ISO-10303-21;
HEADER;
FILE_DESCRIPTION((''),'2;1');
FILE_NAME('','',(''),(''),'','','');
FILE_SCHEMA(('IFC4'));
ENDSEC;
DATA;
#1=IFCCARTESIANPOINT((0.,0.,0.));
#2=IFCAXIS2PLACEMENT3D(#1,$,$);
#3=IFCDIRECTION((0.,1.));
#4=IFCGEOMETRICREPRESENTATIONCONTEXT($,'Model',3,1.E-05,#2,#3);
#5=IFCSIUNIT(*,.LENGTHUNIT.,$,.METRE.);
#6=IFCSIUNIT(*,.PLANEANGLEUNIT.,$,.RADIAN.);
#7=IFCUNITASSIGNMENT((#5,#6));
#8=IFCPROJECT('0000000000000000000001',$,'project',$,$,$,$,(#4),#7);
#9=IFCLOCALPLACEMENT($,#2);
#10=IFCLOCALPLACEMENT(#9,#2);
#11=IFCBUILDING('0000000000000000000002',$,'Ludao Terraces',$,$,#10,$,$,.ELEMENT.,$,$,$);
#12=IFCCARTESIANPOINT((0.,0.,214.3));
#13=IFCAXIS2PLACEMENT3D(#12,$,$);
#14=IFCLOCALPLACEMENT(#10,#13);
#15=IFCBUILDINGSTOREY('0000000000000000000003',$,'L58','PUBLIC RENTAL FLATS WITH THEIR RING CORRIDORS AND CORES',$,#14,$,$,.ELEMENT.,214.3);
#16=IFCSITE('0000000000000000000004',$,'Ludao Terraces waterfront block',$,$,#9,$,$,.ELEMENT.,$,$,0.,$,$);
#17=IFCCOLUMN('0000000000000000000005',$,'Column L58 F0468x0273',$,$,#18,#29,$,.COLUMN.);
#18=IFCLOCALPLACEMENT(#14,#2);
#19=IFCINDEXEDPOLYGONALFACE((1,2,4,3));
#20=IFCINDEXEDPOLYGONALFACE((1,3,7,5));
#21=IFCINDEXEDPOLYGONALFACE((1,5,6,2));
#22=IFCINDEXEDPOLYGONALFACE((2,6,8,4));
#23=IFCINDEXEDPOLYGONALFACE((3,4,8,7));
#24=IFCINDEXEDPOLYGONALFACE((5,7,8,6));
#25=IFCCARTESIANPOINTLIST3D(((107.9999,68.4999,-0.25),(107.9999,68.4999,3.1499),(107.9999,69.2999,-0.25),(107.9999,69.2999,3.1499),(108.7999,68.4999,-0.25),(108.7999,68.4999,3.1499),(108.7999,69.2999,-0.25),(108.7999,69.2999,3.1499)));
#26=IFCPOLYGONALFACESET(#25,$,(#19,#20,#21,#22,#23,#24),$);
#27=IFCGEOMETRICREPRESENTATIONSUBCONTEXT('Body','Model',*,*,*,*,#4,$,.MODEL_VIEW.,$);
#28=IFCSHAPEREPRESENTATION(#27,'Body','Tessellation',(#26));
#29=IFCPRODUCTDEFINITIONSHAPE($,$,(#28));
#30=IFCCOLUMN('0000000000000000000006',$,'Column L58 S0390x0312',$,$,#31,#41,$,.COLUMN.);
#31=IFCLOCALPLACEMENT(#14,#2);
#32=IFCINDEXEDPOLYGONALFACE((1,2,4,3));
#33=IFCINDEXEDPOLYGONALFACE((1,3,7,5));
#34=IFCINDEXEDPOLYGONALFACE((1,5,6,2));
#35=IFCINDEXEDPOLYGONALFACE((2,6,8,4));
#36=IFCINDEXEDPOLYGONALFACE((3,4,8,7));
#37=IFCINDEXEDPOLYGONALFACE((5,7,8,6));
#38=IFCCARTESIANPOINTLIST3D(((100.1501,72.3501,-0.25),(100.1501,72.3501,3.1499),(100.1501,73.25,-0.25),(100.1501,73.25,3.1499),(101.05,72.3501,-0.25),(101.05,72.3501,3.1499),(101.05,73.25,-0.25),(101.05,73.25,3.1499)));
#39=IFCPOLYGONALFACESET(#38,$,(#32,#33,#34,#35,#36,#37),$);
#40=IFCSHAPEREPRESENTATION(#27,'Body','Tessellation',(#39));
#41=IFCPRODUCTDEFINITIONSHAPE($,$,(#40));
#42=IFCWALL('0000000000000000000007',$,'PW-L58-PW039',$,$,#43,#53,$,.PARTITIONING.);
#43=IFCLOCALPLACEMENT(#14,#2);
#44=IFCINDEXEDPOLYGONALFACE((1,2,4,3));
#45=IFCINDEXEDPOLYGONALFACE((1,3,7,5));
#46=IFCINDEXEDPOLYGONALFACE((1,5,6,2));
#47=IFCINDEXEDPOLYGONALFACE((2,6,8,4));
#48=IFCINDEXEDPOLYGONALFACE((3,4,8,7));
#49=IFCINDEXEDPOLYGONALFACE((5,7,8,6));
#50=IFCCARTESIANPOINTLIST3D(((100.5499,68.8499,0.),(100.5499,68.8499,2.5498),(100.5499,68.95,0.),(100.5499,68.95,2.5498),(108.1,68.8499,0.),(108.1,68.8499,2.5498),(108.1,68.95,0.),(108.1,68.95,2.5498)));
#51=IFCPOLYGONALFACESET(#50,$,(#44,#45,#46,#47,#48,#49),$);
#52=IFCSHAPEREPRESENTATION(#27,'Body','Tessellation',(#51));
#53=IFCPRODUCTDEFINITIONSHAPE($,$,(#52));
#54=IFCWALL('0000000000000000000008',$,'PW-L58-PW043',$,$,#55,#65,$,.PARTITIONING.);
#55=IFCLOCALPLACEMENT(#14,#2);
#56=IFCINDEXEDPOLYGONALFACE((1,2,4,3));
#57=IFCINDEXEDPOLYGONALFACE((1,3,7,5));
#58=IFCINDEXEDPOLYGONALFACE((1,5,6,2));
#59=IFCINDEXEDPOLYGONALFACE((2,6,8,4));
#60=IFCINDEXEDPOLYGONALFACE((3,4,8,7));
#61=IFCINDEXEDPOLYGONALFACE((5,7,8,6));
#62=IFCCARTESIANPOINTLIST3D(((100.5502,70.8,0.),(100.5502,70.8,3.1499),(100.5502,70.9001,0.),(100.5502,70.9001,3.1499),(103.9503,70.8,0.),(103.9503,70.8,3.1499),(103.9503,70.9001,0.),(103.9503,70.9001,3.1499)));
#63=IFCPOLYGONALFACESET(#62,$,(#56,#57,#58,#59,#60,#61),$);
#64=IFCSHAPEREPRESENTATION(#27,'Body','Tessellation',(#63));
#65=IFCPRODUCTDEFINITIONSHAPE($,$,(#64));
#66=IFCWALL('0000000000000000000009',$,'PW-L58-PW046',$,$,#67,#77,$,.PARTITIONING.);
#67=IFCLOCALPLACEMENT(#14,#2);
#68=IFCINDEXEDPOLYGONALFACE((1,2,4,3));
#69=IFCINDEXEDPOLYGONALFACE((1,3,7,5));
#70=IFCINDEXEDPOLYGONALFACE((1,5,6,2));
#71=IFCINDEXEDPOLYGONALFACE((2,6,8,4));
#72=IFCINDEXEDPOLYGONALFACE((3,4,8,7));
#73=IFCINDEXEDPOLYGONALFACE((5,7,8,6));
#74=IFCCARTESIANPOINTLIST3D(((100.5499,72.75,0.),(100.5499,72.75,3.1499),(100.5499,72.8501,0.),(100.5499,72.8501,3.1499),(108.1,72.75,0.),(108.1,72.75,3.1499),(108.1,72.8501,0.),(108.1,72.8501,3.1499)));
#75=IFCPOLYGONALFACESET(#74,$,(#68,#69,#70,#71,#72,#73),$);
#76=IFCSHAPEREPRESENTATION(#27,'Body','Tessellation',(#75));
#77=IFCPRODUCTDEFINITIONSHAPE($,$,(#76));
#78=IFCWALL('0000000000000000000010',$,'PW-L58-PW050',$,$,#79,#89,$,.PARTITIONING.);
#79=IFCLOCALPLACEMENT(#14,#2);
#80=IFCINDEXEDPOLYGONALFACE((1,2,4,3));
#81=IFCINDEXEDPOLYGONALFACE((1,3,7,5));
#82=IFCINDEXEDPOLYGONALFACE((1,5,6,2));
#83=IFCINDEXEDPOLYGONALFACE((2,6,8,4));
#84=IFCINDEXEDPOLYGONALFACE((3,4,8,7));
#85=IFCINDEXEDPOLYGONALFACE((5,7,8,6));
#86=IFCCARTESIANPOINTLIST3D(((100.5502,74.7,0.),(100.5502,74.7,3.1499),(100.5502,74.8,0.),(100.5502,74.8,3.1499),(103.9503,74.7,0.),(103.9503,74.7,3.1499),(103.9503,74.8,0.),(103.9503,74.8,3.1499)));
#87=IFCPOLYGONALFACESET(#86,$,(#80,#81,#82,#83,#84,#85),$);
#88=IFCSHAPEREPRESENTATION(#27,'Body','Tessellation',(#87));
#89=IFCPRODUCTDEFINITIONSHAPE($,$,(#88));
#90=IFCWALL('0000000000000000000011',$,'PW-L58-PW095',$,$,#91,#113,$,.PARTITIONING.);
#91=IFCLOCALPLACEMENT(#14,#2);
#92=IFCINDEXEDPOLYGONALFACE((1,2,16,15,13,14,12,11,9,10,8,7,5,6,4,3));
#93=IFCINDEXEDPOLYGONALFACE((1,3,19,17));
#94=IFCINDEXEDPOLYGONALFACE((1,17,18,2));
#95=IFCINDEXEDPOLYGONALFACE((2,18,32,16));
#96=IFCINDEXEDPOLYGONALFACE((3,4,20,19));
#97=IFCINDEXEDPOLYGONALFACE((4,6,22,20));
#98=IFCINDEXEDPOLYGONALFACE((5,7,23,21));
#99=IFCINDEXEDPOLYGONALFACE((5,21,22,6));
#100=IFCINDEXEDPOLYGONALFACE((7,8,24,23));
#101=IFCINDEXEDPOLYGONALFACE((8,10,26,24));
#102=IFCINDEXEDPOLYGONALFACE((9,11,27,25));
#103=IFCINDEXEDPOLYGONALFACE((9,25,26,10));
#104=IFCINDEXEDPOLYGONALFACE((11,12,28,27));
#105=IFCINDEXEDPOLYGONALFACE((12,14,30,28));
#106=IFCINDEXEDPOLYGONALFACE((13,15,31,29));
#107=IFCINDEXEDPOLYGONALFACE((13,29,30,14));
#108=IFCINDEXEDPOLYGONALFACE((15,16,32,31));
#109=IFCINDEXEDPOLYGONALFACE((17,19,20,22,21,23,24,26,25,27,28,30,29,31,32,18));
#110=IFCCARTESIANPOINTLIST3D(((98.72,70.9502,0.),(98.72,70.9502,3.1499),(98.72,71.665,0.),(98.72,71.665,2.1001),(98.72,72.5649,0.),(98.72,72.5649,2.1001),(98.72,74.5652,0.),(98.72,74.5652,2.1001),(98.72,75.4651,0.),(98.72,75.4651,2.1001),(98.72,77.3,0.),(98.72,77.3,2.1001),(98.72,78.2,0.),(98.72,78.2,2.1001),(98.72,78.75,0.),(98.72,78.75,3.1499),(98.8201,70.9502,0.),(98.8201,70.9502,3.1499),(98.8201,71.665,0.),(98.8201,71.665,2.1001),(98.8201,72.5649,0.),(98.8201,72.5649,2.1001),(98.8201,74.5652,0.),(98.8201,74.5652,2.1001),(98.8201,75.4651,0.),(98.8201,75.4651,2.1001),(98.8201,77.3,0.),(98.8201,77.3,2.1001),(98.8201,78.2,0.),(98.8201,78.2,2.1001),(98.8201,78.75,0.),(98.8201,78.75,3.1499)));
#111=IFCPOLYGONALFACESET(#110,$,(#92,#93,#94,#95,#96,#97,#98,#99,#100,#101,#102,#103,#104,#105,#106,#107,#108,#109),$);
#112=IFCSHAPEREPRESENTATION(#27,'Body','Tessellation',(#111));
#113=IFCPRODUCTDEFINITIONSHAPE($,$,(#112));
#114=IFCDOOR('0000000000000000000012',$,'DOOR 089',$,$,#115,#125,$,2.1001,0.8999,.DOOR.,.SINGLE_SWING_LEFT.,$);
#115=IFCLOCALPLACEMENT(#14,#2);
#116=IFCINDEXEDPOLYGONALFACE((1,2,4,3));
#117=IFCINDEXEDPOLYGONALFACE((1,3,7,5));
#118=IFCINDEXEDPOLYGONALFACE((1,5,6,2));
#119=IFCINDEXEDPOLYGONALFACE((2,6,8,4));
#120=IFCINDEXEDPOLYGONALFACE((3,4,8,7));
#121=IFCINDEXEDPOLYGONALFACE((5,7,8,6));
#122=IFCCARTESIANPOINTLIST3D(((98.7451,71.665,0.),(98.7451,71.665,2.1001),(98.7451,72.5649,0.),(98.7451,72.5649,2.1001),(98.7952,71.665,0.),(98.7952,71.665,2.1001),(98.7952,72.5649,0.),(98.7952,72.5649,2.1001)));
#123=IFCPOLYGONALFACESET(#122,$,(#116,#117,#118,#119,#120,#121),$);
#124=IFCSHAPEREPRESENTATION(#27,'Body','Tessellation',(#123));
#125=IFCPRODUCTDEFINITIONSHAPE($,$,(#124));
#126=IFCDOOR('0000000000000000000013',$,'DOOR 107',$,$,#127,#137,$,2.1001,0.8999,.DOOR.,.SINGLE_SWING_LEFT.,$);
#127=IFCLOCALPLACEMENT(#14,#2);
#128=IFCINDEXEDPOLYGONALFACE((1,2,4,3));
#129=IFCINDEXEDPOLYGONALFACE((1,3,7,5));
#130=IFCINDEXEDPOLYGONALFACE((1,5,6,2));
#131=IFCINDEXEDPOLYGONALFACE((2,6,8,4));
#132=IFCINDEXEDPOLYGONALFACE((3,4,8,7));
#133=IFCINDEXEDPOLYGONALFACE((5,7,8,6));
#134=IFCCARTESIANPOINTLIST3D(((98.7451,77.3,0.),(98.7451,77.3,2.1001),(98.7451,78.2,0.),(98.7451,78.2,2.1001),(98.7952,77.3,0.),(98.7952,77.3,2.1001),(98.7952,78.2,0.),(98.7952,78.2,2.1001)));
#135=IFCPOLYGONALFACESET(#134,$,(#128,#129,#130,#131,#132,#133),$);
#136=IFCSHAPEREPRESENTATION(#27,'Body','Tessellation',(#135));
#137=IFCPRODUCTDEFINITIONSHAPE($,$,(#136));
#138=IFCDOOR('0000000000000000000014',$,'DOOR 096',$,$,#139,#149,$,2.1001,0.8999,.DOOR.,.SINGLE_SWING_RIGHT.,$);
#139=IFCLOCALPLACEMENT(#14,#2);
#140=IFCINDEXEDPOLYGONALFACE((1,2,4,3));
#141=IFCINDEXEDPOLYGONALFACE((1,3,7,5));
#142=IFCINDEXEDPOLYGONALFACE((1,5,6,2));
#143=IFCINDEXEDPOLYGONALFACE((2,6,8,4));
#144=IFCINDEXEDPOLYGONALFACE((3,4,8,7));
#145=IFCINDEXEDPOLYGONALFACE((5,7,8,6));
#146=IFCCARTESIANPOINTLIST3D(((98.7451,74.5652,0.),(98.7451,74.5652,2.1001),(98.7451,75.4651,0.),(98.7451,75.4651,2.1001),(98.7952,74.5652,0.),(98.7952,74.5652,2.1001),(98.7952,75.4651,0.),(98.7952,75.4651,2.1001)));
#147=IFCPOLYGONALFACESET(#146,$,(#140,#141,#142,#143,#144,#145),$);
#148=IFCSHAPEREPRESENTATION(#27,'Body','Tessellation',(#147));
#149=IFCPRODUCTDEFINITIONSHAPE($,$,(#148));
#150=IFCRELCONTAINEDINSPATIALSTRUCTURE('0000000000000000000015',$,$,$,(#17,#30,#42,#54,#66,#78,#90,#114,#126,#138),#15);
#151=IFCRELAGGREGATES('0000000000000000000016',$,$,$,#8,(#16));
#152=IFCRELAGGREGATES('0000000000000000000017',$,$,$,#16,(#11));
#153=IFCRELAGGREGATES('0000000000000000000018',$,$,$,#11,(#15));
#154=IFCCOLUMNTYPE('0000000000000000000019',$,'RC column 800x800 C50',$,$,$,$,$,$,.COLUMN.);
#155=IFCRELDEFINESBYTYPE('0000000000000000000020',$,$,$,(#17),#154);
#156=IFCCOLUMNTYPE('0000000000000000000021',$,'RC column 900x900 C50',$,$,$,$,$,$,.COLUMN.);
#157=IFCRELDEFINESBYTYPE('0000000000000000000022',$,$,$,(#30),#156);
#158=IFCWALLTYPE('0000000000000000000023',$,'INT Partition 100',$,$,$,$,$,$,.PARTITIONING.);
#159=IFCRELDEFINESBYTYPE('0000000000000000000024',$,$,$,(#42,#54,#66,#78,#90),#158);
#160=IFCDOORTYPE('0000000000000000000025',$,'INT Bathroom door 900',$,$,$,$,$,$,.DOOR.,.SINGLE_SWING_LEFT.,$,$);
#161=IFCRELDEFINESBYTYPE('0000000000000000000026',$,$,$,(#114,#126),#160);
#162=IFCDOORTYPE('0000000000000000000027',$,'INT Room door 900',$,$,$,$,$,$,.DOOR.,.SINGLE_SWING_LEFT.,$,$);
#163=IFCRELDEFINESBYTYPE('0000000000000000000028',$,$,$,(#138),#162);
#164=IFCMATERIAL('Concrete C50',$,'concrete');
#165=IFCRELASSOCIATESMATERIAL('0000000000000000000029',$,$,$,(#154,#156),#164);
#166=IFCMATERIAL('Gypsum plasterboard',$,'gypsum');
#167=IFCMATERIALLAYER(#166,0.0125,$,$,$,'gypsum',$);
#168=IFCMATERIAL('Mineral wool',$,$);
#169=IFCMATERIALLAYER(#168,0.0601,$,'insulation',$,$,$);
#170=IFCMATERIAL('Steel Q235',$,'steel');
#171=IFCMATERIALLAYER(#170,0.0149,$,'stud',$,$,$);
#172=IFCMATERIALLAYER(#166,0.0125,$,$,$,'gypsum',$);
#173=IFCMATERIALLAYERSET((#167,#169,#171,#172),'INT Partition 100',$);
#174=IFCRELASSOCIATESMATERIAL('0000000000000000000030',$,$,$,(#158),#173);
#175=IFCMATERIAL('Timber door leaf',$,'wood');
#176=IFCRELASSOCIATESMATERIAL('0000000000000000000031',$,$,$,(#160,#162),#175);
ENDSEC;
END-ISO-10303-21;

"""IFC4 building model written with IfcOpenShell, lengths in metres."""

from ifc_helpers import new_model, si_unit, direction, frame, frame_2d, origin, origin_2d, place, context, subcontext, project, spatial, rectangle, extrude, material, layer, layer_set, material_profile, profile_set, type_object, element, fill, save


model = new_model("IFC4")

# Units and contexts
model_context = context("Model", 3, precision=1e-05, world=origin(), true_north=direction((0.0, 1.0)))
body_context = subcontext(model_context, "Body", "Model", "MODEL_VIEW")
ifc_project = project(units=[si_unit("LENGTHUNIT", "METRE"), si_unit("PLANEANGLEUNIT", "RADIAN")], contexts=[model_context])

# Site, building, storey
site_placement = place(None, origin())
site = spatial("IfcSite", under=ifc_project, at=site_placement, Name="Ludao Terraces waterfront block", CompositionType="ELEMENT", RefElevation=0.0)
building_placement = place(site_placement, origin())
building = spatial("IfcBuilding", under=site, at=building_placement, Name="Ludao Terraces", CompositionType="ELEMENT")
storey_placement = place(building_placement, frame((0.0, 0.0, 214.3)))
storey = spatial("IfcBuildingStorey", under=building, at=storey_placement, Name="L58", Description="PUBLIC RENTAL FLATS WITH THEIR RING CORRIDORS AND CORES", CompositionType="ELEMENT", Elevation=214.3)

# Columns
ifc_material_1 = material(Name="Concrete C50", Category="concrete")
ifc_material_profile_1 = material_profile(ifc_material_1, rectangle(XDim=0.8, YDim=0.8, at=origin_2d()), Name="800 X 800")
ifc_profile_set_1 = profile_set([ifc_material_profile_1], Name="Concrete C50")
column_type_1 = type_object("IfcColumnType", Name="RC column 800x800 C50", PredefinedType="COLUMN", material=ifc_profile_set_1)
column_1_placement = place(storey_placement, frame((108.3999, 68.8999, -0.25), z_axis=(0.0, 0.0, 1.0), x_axis=(1.0, 0.0, 0.0)))
element("IfcColumn", 1, at=column_1_placement, inside=storey, type_object=column_type_1, Name="Column L58 F0468x0273", PredefinedType="COLUMN", context=body_context, shape_type="SweptSolid", body=[
    extrude(rectangle(XDim=0.8, YDim=0.8, at=origin_2d()), origin(), (0.0, 0.0, 1.0), 3.3999),
])
ifc_material_profile_2 = material_profile(ifc_material_1, rectangle(XDim=0.8999, YDim=0.8999, at=origin_2d()), Name="900 X 900")
ifc_profile_set_2 = profile_set([ifc_material_profile_2], Name="Concrete C50")
column_type_2 = type_object("IfcColumnType", Name="RC column 900x900 C50", PredefinedType="COLUMN", material=ifc_profile_set_2)
column_2_placement = place(storey_placement, frame((100.6001, 72.8, -0.25), z_axis=(0.0, 0.0, 1.0), x_axis=(1.0, 0.0, 0.0)))
element("IfcColumn", 2, at=column_2_placement, inside=storey, type_object=column_type_2, Name="Column L58 S0390x0312", PredefinedType="COLUMN", context=body_context, shape_type="SweptSolid", body=[
    extrude(rectangle(XDim=0.8999, YDim=0.8999, at=origin_2d()), origin(), (0.0, 0.0, 1.0), 3.3999),
])

# Shared definitions
ifc_material_2 = material(Name="Mineral wool")

# Walls
ifc_material_3 = material(Name="Gypsum plasterboard", Category="gypsum")
ifc_layer_1 = layer(ifc_material_3, 0.0125, Category="gypsum")
ifc_layer_2 = layer(ifc_material_2, 0.0601, Name="insulation")
ifc_material_4 = material(Name="Steel Q235", Category="steel")
ifc_layer_3 = layer(ifc_material_4, 0.0149, Name="stud")
ifc_layer_4 = layer(ifc_material_3, 0.0125, Category="gypsum")
ifc_layer_set_1 = layer_set([ifc_layer_1, ifc_layer_2, ifc_layer_3, ifc_layer_4], Name="INT Partition 100")
wall_type_1 = type_object("IfcWallType", Name="INT Partition 100", PredefinedType="PARTITIONING", material=ifc_layer_set_1)
wall_1_placement = place(storey_placement, frame((100.55, 68.8999, 0.0), z_axis=(0.0, 0.0, 1.0), x_axis=(1.0, 0.0, 0.0)))
element("IfcWall", 3, at=wall_1_placement, inside=storey, type_object=wall_type_1, Name="PW-L58-PW039", PredefinedType="PARTITIONING", context=body_context, shape_type="SweptSolid", body=[
    extrude(rectangle(XDim=7.55, YDim=0.1001, at=frame_2d((3.7749, 0.0))), origin(), (0.0, 0.0, 1.0), 2.5498),
])
wall_2_placement = place(storey_placement, frame((100.55, 70.8501, 0.0), z_axis=(0.0, 0.0, 1.0), x_axis=(1.0, 0.0, 0.0)))
element("IfcWall", 4, at=wall_2_placement, inside=storey, type_object=wall_type_1, Name="PW-L58-PW043", PredefinedType="PARTITIONING", context=body_context, shape_type="SweptSolid", body=[
    extrude(rectangle(XDim=3.4001, YDim=0.1001, at=frame_2d((1.7002, 0.0))), origin(), (0.0, 0.0, 1.0), 3.1499),
])
wall_3_placement = place(storey_placement, frame((100.55, 72.8, 0.0), z_axis=(0.0, 0.0, 1.0), x_axis=(1.0, 0.0, 0.0)))
element("IfcWall", 5, at=wall_3_placement, inside=storey, type_object=wall_type_1, Name="PW-L58-PW046", PredefinedType="PARTITIONING", context=body_context, shape_type="SweptSolid", body=[
    extrude(rectangle(XDim=7.55, YDim=0.1001, at=frame_2d((3.7749, 0.0))), origin(), (0.0, 0.0, 1.0), 3.1499),
])
wall_4_placement = place(storey_placement, frame((100.55, 74.75, 0.0), z_axis=(0.0, 0.0, 1.0), x_axis=(1.0, 0.0, 0.0)))
element("IfcWall", 6, at=wall_4_placement, inside=storey, type_object=wall_type_1, Name="PW-L58-PW050", PredefinedType="PARTITIONING", context=body_context, shape_type="SweptSolid", body=[
    extrude(rectangle(XDim=3.4001, YDim=0.1001, at=frame_2d((1.7002, 0.0))), origin(), (0.0, 0.0, 1.0), 3.1499),
])

# Wall, openings, doors
wall_5_placement = place(storey_placement, frame((98.77, 70.9502, 0.0), z_axis=(0.0, 0.0, 1.0), x_axis=(0.0, 1.0, 0.0)))
wall_5 = element("IfcWall", 7, at=wall_5_placement, inside=storey, type_object=wall_type_1, Name="PW-L58-PW095", PredefinedType="PARTITIONING", context=body_context, shape_type="SweptSolid", body=[
    extrude(rectangle(XDim=7.7998, YDim=0.1001, at=frame_2d((3.8999, 0.0))), origin(), (0.0, 0.0, 1.0), 3.1499),
])
opening_1_placement = place(wall_5_placement, frame((0.7148, 0.0, 0.0)))
opening_1 = element("IfcOpeningElement", 8, at=opening_1_placement, cuts=wall_5, PredefinedType="OPENING", context=body_context, shape_type="SweptSolid", body=[
    extrude(rectangle(XDim=0.8999, YDim=2.1001, at=frame_2d((0.45, 1.05))), frame((0.0, 0.0601, 0.0), z_axis=(0.0, -1.0, 0.0), x_axis=(1.0, 0.0, 0.0)), (0.0, 0.0, 1.0), 0.1201),
])
opening_2_placement = place(wall_5_placement, frame((3.615, 0.0, 0.0)))
opening_2 = element("IfcOpeningElement", 9, at=opening_2_placement, cuts=wall_5, PredefinedType="OPENING", context=body_context, shape_type="SweptSolid", body=[
    extrude(rectangle(XDim=0.8999, YDim=2.1001, at=frame_2d((0.45, 1.05))), frame((0.0, 0.0601, 0.0), z_axis=(0.0, -1.0, 0.0), x_axis=(1.0, 0.0, 0.0)), (0.0, 0.0, 1.0), 0.1201),
])
opening_3_placement = place(wall_5_placement, frame((6.3499, 0.0, 0.0)))
opening_3 = element("IfcOpeningElement", 10, at=opening_3_placement, cuts=wall_5, PredefinedType="OPENING", context=body_context, shape_type="SweptSolid", body=[
    extrude(rectangle(XDim=0.8999, YDim=2.1001, at=frame_2d((0.45, 1.05))), frame((0.0, 0.0601, 0.0), z_axis=(0.0, -1.0, 0.0), x_axis=(1.0, 0.0, 0.0)), (0.0, 0.0, 1.0), 0.1201),
])
ifc_material_5 = material(Name="Timber door leaf", Category="wood")
door_type_1 = type_object("IfcDoorType", Name="INT Bathroom door 900", OperationType="SINGLE_SWING_LEFT", PredefinedType="DOOR", material=ifc_material_5)
door_1_placement = place(opening_1_placement, origin())
door_1 = element("IfcDoor", 11, at=door_1_placement, inside=storey, type_object=door_type_1, Name="DOOR 089", OperationType="SINGLE_SWING_LEFT", OverallHeight=2.1001, OverallWidth=0.8999, PredefinedType="DOOR", context=body_context, shape_type="SweptSolid", body=[
    extrude(rectangle(XDim=0.8999, YDim=2.1001, at=frame_2d((0.45, 1.05))), frame((0.0, 0.0249, 0.0), z_axis=(0.0, -1.0, 0.0), x_axis=(1.0, 0.0, 0.0)), (0.0, 0.0, 1.0), 0.05),
])
fill(opening_1, door_1)
door_2_placement = place(opening_3_placement, origin())
door_2 = element("IfcDoor", 12, at=door_2_placement, inside=storey, type_object=door_type_1, Name="DOOR 107", OperationType="SINGLE_SWING_LEFT", OverallHeight=2.1001, OverallWidth=0.8999, PredefinedType="DOOR", context=body_context, shape_type="SweptSolid", body=[
    extrude(rectangle(XDim=0.8999, YDim=2.1001, at=frame_2d((0.45, 1.05))), frame((0.0, 0.0249, 0.0), z_axis=(0.0, -1.0, 0.0), x_axis=(1.0, 0.0, 0.0)), (0.0, 0.0, 1.0), 0.05),
])
fill(opening_3, door_2)
door_type_2 = type_object("IfcDoorType", Name="INT Room door 900", OperationType="SINGLE_SWING_LEFT", PredefinedType="DOOR", material=ifc_material_5)
door_3_placement = place(opening_2_placement, origin())
door_3 = element("IfcDoor", 13, at=door_3_placement, inside=storey, type_object=door_type_2, Name="DOOR 096", OperationType="SINGLE_SWING_RIGHT", OverallHeight=2.1001, OverallWidth=0.8999, PredefinedType="DOOR", context=body_context, shape_type="SweptSolid", body=[
    extrude(rectangle(XDim=0.8999, YDim=2.1001, at=frame_2d((0.45, 1.05))), frame((0.0, 0.0249, 0.0), z_axis=(0.0, -1.0, 0.0), x_axis=(1.0, 0.0, 0.0)), (0.0, 0.0, 1.0), 0.05),
])
fill(opening_2, door_3)

save(model, "model.ifc")
